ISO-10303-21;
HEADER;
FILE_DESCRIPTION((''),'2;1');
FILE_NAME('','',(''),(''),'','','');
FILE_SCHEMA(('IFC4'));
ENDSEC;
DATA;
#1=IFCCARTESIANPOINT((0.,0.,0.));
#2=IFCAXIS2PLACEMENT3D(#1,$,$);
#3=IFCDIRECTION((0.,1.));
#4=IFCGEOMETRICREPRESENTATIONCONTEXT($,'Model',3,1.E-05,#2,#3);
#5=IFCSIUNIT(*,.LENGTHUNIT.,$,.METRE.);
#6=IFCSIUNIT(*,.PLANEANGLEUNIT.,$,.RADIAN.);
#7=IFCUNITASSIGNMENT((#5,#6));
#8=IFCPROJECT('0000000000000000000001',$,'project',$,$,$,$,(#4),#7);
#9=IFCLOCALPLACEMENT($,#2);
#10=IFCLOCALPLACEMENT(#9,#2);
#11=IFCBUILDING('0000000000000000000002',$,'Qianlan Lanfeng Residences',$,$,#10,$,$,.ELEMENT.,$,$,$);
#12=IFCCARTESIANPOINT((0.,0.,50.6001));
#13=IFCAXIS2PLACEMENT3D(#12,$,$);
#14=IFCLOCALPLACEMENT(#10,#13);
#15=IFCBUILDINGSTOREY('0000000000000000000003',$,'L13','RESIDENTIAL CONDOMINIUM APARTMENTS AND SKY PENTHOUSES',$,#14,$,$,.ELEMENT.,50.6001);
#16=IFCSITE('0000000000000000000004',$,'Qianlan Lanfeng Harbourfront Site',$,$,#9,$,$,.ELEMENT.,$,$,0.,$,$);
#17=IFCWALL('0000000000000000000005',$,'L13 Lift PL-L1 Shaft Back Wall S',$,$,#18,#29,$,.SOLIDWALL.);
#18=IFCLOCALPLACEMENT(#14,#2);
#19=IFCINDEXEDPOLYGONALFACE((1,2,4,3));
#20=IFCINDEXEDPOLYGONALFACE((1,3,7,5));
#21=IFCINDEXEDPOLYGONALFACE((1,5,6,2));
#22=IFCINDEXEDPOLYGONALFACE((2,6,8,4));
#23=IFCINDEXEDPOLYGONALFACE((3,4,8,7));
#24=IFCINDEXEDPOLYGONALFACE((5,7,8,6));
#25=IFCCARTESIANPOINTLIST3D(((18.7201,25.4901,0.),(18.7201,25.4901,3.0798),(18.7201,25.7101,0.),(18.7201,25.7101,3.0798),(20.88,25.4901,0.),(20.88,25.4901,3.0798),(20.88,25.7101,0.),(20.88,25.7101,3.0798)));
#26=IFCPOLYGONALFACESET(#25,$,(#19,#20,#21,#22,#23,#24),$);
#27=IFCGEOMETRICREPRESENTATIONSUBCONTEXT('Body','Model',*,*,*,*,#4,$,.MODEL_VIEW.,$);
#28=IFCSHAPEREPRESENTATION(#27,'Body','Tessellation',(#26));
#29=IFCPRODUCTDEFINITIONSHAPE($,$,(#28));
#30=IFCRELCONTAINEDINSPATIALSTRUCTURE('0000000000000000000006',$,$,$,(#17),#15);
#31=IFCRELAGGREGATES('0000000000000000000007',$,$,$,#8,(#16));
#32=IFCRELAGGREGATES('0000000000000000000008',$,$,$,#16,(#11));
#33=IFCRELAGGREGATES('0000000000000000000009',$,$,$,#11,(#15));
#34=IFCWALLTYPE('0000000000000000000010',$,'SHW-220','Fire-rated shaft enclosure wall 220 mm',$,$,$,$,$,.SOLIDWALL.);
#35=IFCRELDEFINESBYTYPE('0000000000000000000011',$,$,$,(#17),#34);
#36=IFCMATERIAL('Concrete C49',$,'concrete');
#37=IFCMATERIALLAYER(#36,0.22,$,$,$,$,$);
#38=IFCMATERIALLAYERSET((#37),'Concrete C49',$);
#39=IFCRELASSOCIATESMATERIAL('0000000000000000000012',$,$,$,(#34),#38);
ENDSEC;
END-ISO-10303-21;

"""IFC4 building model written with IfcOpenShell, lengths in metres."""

from ifc_helpers import new_model, si_unit, direction, frame, frame_2d, origin, place, context, subcontext, project, spatial, rectangle, extrude, material, layer, layer_set, type_object, element, save


model = new_model("IFC4")

# Units and contexts
model_context = context("Model", 3, precision=1e-05, world=origin(), true_north=direction((0.0, 1.0)))
body_context = subcontext(model_context, "Body", "Model", "MODEL_VIEW")
ifc_project = project(units=[si_unit("LENGTHUNIT", "METRE"), si_unit("PLANEANGLEUNIT", "RADIAN")], contexts=[model_context])

# Site, building, storey
site_placement = place(None, origin())
site = spatial("IfcSite", under=ifc_project, at=site_placement, Name="Qianlan Lanfeng Harbourfront Site", CompositionType="ELEMENT", RefElevation=0.0)
building_placement = place(site_placement, origin())
building = spatial("IfcBuilding", under=site, at=building_placement, Name="Qianlan Lanfeng Residences", CompositionType="ELEMENT")
storey_placement = place(building_placement, frame((0.0, 0.0, 50.6001)))
storey = spatial("IfcBuildingStorey", under=building, at=storey_placement, Name="L13", Description="RESIDENTIAL CONDOMINIUM APARTMENTS AND SKY PENTHOUSES", CompositionType="ELEMENT", Elevation=50.6001)

# Wall
ifc_material_1 = material(Name="Concrete C49", Category="concrete")
ifc_layer_1 = layer(ifc_material_1, 0.22)
ifc_layer_set_1 = layer_set([ifc_layer_1], Name="Concrete C49")
wall_type_1 = type_object("IfcWallType", Name="SHW-220", Description="Fire-rated shaft enclosure wall 220 mm", PredefinedType="SOLIDWALL", material=ifc_layer_set_1)
wall_placement = place(storey_placement, frame((18.72, 25.6001, 0.0), z_axis=(0.0, 0.0, 1.0), x_axis=(1.0, 0.0, 0.0)))
element("IfcWall", 1, at=wall_placement, inside=storey, type_object=wall_type_1, Name="L13 Lift PL-L1 Shaft Back Wall S", PredefinedType="SOLIDWALL", context=body_context, shape_type="SweptSolid", body=[
    extrude(rectangle(XDim=2.1599, YDim=0.22, at=frame_2d((1.0801, 0.0))), origin(), (0.0, 0.0, 1.0), 3.0798),
])

save(model, "model.ifc")
